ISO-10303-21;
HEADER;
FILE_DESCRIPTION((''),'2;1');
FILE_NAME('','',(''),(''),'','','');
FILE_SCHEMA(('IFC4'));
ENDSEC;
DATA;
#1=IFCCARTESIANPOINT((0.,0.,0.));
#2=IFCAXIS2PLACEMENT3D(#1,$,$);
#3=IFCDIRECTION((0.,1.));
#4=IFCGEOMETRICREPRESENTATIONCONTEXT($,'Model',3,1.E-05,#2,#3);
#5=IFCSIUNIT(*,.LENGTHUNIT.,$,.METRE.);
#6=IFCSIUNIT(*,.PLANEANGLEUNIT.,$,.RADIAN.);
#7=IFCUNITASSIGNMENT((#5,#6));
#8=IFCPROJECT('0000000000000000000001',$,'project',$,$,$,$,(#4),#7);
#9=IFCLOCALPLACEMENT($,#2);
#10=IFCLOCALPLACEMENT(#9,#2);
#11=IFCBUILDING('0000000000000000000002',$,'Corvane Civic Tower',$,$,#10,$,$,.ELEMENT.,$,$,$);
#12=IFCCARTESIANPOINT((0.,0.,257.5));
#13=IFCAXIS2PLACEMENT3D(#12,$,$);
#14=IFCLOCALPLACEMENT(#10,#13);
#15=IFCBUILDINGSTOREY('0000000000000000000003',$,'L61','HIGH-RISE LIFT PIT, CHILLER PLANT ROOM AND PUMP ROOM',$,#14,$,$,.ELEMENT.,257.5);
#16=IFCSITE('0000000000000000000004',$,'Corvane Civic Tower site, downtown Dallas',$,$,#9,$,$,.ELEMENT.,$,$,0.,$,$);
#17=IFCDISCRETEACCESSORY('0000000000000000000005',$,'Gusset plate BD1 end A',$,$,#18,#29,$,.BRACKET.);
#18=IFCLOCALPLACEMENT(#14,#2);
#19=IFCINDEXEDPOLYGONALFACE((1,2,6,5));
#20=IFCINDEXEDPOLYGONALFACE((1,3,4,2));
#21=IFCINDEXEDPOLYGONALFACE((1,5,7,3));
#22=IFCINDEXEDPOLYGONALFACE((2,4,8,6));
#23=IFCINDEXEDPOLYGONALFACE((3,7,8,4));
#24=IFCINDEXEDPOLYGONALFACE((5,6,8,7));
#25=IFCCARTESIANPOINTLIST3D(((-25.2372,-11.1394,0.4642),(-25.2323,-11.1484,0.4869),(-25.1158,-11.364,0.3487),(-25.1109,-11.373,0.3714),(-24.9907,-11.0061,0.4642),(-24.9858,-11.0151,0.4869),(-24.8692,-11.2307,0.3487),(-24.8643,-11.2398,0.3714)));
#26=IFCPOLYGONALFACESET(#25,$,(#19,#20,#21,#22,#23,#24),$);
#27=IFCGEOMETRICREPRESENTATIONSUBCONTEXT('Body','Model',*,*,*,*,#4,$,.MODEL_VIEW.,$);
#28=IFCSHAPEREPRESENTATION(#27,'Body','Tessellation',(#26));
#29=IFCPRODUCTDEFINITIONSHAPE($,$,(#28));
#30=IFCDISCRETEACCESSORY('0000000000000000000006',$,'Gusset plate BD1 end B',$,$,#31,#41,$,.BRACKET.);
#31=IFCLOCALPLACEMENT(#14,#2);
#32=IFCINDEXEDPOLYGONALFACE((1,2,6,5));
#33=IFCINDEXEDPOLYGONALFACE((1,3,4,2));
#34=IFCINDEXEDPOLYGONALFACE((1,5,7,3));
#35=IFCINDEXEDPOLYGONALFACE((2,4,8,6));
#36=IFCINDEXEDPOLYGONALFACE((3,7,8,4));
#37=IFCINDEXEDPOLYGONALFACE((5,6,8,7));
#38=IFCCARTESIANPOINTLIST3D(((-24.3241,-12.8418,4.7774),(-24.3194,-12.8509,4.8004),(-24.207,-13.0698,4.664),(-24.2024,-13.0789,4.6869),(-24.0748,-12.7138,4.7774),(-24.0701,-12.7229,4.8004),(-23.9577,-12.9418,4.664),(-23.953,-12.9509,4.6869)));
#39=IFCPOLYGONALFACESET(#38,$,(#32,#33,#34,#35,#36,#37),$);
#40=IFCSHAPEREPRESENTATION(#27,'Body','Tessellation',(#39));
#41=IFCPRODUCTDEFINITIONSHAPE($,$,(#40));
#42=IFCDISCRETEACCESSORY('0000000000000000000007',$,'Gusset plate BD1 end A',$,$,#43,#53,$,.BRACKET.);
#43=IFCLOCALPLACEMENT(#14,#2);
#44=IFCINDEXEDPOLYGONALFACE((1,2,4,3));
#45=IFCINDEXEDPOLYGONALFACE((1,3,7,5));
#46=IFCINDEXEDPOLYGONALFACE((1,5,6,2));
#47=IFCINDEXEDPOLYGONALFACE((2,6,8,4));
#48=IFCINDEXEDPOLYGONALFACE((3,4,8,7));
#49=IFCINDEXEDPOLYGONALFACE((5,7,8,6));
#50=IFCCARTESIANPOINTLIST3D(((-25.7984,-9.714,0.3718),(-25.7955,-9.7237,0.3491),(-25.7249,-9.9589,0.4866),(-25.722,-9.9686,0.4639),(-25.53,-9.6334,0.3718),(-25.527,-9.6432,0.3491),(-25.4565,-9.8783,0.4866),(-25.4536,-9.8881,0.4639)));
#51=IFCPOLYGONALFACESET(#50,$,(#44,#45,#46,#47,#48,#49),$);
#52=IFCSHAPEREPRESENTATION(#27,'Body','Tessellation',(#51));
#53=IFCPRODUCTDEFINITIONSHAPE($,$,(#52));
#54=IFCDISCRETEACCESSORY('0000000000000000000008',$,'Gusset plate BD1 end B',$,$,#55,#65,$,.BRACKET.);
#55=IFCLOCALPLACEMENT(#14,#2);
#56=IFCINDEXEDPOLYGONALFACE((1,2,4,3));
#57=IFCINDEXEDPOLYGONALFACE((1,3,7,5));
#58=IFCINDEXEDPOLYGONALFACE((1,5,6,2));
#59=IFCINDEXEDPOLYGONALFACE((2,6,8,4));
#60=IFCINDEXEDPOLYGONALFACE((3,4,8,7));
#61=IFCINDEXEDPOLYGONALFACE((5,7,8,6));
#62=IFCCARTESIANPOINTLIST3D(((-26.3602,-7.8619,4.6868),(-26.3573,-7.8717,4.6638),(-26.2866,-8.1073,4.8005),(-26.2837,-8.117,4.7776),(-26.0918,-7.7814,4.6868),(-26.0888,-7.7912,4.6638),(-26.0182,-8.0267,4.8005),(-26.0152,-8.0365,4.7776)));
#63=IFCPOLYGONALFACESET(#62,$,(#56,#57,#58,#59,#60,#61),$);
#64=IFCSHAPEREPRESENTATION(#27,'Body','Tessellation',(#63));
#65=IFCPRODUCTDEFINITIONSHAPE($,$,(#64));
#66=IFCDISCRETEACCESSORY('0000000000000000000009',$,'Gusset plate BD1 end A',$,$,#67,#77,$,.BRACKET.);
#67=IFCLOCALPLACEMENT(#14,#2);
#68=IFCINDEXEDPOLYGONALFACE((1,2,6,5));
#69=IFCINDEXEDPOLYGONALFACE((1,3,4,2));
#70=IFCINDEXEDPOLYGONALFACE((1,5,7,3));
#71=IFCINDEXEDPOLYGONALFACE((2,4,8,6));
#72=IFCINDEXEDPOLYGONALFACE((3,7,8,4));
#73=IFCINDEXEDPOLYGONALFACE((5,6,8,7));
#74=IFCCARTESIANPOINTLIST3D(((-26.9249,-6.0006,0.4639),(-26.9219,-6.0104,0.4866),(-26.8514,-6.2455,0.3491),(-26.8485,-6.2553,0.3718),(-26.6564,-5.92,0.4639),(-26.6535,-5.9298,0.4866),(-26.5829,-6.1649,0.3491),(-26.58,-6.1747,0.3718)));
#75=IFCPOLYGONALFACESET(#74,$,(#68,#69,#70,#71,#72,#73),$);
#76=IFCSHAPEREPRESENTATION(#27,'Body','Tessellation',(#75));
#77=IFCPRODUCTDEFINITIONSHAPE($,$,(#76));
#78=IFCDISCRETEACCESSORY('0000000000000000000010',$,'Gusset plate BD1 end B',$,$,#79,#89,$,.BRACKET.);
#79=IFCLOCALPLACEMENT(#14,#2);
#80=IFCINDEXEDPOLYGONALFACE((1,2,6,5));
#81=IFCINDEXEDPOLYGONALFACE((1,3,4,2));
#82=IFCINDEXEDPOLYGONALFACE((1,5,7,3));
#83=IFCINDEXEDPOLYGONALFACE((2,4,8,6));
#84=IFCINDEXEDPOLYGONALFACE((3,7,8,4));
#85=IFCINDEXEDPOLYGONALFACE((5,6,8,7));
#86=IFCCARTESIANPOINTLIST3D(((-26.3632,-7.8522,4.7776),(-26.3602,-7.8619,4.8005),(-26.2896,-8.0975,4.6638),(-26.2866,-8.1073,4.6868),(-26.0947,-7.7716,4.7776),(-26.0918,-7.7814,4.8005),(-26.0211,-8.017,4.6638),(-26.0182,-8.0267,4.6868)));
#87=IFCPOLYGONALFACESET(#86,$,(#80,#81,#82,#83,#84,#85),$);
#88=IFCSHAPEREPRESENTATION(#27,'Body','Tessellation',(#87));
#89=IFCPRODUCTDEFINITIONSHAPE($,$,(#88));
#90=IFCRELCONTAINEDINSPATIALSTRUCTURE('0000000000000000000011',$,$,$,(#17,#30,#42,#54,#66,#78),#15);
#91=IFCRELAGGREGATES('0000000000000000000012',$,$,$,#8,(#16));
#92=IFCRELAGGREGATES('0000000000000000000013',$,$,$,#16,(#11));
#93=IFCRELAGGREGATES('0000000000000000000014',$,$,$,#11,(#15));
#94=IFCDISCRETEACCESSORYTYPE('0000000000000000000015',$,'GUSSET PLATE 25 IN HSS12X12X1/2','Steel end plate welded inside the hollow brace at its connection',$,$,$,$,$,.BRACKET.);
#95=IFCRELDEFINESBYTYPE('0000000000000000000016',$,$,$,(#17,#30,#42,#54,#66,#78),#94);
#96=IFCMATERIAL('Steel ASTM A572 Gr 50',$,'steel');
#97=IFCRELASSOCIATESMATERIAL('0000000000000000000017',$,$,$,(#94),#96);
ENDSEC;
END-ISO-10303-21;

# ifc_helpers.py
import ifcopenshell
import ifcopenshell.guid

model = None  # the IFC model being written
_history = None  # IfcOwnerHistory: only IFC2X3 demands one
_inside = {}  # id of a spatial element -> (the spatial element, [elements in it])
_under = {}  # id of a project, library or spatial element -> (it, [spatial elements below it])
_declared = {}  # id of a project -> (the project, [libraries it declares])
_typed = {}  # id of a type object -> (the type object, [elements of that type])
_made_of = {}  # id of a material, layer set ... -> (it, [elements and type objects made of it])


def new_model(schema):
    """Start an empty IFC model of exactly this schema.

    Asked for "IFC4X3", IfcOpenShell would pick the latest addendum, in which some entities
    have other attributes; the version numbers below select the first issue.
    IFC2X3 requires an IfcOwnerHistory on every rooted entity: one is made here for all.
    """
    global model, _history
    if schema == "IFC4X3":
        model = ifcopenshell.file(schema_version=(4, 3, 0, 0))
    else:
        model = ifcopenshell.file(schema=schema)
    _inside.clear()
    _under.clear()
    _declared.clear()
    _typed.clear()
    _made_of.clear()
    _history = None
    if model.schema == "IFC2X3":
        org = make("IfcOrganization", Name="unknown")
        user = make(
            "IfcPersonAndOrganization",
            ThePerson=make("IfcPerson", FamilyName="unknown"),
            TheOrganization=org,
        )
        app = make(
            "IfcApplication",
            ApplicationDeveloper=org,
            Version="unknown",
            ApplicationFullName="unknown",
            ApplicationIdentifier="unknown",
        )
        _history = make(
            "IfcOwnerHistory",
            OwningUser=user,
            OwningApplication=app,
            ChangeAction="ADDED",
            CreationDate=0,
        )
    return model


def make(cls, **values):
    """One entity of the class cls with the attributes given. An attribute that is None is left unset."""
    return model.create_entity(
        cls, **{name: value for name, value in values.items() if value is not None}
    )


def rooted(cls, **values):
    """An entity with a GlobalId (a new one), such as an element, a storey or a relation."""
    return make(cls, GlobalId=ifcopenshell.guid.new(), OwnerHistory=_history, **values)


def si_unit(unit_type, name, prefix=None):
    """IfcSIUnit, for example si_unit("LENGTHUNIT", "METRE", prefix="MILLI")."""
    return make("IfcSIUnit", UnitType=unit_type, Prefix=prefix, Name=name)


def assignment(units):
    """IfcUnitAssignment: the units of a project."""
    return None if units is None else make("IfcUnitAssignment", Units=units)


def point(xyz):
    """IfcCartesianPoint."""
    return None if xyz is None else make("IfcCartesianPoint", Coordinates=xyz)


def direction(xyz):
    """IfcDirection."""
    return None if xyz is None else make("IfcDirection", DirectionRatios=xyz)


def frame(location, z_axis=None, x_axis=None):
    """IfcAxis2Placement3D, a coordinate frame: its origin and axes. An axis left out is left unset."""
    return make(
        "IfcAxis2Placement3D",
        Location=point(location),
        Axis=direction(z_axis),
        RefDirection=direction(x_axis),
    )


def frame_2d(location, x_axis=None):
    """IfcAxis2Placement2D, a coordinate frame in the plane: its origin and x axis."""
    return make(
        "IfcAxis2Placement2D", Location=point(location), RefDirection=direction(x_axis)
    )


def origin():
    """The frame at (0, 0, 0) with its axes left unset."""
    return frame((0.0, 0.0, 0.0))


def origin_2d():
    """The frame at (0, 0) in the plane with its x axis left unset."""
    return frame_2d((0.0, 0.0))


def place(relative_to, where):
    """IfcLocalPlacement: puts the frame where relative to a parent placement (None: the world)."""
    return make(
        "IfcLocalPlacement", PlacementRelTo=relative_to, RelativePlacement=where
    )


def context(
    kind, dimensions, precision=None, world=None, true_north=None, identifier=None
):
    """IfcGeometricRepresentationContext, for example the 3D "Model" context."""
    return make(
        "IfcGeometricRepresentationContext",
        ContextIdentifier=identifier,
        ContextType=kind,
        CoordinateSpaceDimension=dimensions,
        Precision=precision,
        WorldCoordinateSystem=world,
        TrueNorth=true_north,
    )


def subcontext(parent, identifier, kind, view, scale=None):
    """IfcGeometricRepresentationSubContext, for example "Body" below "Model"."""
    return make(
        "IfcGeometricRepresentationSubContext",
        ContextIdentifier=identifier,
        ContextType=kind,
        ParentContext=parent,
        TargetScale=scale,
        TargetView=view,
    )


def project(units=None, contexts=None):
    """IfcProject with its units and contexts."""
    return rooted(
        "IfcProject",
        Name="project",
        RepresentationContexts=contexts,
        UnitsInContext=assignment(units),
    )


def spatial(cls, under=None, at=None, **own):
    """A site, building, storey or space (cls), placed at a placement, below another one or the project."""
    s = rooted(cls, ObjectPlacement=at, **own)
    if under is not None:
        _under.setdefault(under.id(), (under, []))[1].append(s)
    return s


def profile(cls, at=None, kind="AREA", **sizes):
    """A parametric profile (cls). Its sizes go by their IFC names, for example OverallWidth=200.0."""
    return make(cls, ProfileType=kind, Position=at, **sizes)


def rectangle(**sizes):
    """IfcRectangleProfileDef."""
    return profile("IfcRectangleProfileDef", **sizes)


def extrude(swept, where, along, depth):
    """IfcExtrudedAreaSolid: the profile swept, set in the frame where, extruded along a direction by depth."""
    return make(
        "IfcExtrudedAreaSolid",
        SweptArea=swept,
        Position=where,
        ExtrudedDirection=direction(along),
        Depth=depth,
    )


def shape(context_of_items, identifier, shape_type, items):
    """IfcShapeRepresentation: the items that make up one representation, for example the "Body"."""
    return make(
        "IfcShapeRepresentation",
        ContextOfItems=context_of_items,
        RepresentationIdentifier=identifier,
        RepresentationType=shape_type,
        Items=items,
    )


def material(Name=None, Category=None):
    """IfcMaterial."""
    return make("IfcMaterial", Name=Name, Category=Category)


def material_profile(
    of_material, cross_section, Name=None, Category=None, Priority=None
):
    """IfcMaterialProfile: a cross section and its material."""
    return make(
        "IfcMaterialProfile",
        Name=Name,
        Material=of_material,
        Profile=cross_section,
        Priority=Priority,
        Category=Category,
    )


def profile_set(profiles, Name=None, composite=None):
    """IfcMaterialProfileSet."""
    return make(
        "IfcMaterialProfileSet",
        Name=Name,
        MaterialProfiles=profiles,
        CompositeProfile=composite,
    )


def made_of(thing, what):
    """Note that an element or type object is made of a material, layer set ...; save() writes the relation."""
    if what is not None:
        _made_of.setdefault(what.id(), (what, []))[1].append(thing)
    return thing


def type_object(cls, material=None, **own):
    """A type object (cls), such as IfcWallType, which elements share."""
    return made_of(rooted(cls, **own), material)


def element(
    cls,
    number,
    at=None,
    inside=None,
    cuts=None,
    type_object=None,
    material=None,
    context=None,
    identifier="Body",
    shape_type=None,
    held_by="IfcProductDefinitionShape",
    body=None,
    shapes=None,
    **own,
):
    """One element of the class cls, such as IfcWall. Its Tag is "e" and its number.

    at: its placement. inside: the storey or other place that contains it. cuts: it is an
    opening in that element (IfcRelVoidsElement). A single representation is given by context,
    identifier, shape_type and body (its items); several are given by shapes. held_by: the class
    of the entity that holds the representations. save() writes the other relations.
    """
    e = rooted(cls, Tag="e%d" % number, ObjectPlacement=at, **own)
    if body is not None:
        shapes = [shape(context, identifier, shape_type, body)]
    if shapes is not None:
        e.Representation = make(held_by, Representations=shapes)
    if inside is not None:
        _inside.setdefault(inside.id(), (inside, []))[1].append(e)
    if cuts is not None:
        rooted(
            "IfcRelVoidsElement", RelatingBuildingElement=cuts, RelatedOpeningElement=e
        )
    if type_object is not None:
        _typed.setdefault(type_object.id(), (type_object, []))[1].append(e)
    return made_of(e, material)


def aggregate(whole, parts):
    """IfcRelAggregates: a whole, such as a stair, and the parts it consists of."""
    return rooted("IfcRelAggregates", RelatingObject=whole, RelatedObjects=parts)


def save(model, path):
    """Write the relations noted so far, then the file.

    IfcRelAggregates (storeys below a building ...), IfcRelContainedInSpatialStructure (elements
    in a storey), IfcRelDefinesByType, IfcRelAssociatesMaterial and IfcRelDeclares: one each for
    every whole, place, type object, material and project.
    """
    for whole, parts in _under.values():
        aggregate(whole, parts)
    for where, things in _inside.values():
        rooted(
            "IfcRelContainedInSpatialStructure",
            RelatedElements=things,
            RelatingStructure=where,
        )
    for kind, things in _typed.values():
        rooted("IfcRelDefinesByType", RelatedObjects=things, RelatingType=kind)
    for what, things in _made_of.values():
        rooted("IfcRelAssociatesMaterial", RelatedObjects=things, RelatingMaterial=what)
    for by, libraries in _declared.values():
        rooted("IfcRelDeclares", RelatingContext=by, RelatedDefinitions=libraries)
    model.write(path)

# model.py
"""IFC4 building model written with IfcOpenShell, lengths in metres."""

from ifc_helpers import new_model, si_unit, direction, frame, origin, origin_2d, place, context, subcontext, project, spatial, rectangle, extrude, material, material_profile, profile_set, type_object, element, save


model = new_model("IFC4")

# Units and contexts
model_context = context("Model", 3, precision=1e-05, world=origin(), true_north=direction((0.0, 1.0)))
body_context = subcontext(model_context, "Body", "Model", "MODEL_VIEW")
ifc_project = project(units=[si_unit("LENGTHUNIT", "METRE"), si_unit("PLANEANGLEUNIT", "RADIAN")], contexts=[model_context])

# Site, building, storey
site_placement = place(None, origin())
site = spatial("IfcSite", under=ifc_project, at=site_placement, Name="Corvane Civic Tower site, downtown Dallas", CompositionType="ELEMENT", RefElevation=0.0)
building_placement = place(site_placement, origin())
building = spatial("IfcBuilding", under=site, at=building_placement, Name="Corvane Civic Tower", CompositionType="ELEMENT")
storey_placement = place(building_placement, frame((0.0, 0.0, 257.5)))
storey = spatial("IfcBuildingStorey", under=building, at=storey_placement, Name="L61", Description="HIGH-RISE LIFT PIT, CHILLER PLANT ROOM AND PUMP ROOM", CompositionType="ELEMENT", Elevation=257.5)

# Discrete accessories
ifc_material_1 = material(Name="Steel ASTM A572 Gr 50", Category="steel")
ifc_material_profile_1 = material_profile(ifc_material_1, rectangle(XDim=0.2803, YDim=0.2803, at=origin_2d()), Name="GUSSET PLATE 25 IN HSS12X12X1/2")
ifc_profile_set_1 = profile_set([ifc_material_profile_1], Name="Steel ASTM A572 Gr 50")
discrete_accessory_type = type_object("IfcDiscreteAccessoryType", Name="GUSSET PLATE 25 IN HSS12X12X1/2", Description="Steel end plate welded inside the hollow brace at its connection", PredefinedType="BRACKET", material=ifc_profile_set_1)
discrete_accessory_1_placement = place(storey_placement, frame((-25.0532, -11.1851, 0.4065), z_axis=(0.195947, -0.362501, 0.911152), x_axis=(0.879707, 0.475517, 0.0)))
element("IfcDiscreteAccessory", 1, at=discrete_accessory_1_placement, inside=storey, type_object=discrete_accessory_type, Name="Gusset plate BD1 end A", PredefinedType="BRACKET", context=body_context, shape_type="SweptSolid", body=[
    extrude(rectangle(XDim=0.2803, YDim=0.2803, at=origin_2d()), origin(), (0.0, 0.0, 1.0), 0.0249),
])
discrete_accessory_2_placement = place(storey_placement, frame((-24.1362, -12.9009, 4.7437), z_axis=(-0.184841, 0.359954, -0.914477), x_axis=(-0.889567, -0.456805, 0.0)))
element("IfcDiscreteAccessory", 2, at=discrete_accessory_2_placement, inside=storey, type_object=discrete_accessory_type, Name="Gusset plate BD1 end B", PredefinedType="BRACKET", context=body_context, shape_type="SweptSolid", body=[
    extrude(rectangle(XDim=0.2803, YDim=0.2803, at=origin_2d()), origin(), (0.0, 0.0, 1.0), 0.0251),
])
discrete_accessory_3_placement = place(storey_placement, frame((-25.6245, -9.8059, 0.4065), z_axis=(-0.117709, 0.392364, 0.912247), x_axis=(-0.957826, -0.287348, 0.0)))
element("IfcDiscreteAccessory", 3, at=discrete_accessory_3_placement, inside=storey, type_object=discrete_accessory_type, Name="Gusset plate BD1 end A", PredefinedType="BRACKET", context=body_context, shape_type="SweptSolid", body=[
    extrude(rectangle(XDim=0.2803, YDim=0.2803, at=origin_2d()), origin(), (0.0, 0.0, 1.0), 0.0249),
])
discrete_accessory_4_placement = place(storey_placement, frame((-26.1892, -7.9443, 4.7437), z_axis=(0.116664, -0.388881, -0.913871), x_axis=(0.957826, 0.287348, 0.0)))
element("IfcDiscreteAccessory", 4, at=discrete_accessory_4_placement, inside=storey, type_object=discrete_accessory_type, Name="Gusset plate BD1 end B", PredefinedType="BRACKET", context=body_context, shape_type="SweptSolid", body=[
    extrude(rectangle(XDim=0.2803, YDim=0.2803, at=origin_2d()), origin(), (0.0, 0.0, 1.0), 0.0251),
])
discrete_accessory_5_placement = place(storey_placement, frame((-26.7539, -6.0828, 0.4065), z_axis=(0.117709, -0.392364, 0.912247), x_axis=(0.957826, 0.287348, 0.0)))
element("IfcDiscreteAccessory", 5, at=discrete_accessory_5_placement, inside=storey, type_object=discrete_accessory_type, Name="Gusset plate BD1 end A", PredefinedType="BRACKET", context=body_context, shape_type="SweptSolid", body=[
    extrude(rectangle(XDim=0.2803, YDim=0.2803, at=origin_2d()), origin(), (0.0, 0.0, 1.0), 0.0249),
])
discrete_accessory_6_placement = place(storey_placement, frame((-26.1892, -7.9443, 4.7437), z_axis=(-0.116664, 0.388881, -0.913871), x_axis=(-0.957826, -0.287348, 0.0)))
element("IfcDiscreteAccessory", 6, at=discrete_accessory_6_placement, inside=storey, type_object=discrete_accessory_type, Name="Gusset plate BD1 end B", PredefinedType="BRACKET", context=body_context, shape_type="SweptSolid", body=[
    extrude(rectangle(XDim=0.2803, YDim=0.2803, at=origin_2d()), origin(), (0.0, 0.0, 1.0), 0.0251),
])

save(model, "model.ifc")
